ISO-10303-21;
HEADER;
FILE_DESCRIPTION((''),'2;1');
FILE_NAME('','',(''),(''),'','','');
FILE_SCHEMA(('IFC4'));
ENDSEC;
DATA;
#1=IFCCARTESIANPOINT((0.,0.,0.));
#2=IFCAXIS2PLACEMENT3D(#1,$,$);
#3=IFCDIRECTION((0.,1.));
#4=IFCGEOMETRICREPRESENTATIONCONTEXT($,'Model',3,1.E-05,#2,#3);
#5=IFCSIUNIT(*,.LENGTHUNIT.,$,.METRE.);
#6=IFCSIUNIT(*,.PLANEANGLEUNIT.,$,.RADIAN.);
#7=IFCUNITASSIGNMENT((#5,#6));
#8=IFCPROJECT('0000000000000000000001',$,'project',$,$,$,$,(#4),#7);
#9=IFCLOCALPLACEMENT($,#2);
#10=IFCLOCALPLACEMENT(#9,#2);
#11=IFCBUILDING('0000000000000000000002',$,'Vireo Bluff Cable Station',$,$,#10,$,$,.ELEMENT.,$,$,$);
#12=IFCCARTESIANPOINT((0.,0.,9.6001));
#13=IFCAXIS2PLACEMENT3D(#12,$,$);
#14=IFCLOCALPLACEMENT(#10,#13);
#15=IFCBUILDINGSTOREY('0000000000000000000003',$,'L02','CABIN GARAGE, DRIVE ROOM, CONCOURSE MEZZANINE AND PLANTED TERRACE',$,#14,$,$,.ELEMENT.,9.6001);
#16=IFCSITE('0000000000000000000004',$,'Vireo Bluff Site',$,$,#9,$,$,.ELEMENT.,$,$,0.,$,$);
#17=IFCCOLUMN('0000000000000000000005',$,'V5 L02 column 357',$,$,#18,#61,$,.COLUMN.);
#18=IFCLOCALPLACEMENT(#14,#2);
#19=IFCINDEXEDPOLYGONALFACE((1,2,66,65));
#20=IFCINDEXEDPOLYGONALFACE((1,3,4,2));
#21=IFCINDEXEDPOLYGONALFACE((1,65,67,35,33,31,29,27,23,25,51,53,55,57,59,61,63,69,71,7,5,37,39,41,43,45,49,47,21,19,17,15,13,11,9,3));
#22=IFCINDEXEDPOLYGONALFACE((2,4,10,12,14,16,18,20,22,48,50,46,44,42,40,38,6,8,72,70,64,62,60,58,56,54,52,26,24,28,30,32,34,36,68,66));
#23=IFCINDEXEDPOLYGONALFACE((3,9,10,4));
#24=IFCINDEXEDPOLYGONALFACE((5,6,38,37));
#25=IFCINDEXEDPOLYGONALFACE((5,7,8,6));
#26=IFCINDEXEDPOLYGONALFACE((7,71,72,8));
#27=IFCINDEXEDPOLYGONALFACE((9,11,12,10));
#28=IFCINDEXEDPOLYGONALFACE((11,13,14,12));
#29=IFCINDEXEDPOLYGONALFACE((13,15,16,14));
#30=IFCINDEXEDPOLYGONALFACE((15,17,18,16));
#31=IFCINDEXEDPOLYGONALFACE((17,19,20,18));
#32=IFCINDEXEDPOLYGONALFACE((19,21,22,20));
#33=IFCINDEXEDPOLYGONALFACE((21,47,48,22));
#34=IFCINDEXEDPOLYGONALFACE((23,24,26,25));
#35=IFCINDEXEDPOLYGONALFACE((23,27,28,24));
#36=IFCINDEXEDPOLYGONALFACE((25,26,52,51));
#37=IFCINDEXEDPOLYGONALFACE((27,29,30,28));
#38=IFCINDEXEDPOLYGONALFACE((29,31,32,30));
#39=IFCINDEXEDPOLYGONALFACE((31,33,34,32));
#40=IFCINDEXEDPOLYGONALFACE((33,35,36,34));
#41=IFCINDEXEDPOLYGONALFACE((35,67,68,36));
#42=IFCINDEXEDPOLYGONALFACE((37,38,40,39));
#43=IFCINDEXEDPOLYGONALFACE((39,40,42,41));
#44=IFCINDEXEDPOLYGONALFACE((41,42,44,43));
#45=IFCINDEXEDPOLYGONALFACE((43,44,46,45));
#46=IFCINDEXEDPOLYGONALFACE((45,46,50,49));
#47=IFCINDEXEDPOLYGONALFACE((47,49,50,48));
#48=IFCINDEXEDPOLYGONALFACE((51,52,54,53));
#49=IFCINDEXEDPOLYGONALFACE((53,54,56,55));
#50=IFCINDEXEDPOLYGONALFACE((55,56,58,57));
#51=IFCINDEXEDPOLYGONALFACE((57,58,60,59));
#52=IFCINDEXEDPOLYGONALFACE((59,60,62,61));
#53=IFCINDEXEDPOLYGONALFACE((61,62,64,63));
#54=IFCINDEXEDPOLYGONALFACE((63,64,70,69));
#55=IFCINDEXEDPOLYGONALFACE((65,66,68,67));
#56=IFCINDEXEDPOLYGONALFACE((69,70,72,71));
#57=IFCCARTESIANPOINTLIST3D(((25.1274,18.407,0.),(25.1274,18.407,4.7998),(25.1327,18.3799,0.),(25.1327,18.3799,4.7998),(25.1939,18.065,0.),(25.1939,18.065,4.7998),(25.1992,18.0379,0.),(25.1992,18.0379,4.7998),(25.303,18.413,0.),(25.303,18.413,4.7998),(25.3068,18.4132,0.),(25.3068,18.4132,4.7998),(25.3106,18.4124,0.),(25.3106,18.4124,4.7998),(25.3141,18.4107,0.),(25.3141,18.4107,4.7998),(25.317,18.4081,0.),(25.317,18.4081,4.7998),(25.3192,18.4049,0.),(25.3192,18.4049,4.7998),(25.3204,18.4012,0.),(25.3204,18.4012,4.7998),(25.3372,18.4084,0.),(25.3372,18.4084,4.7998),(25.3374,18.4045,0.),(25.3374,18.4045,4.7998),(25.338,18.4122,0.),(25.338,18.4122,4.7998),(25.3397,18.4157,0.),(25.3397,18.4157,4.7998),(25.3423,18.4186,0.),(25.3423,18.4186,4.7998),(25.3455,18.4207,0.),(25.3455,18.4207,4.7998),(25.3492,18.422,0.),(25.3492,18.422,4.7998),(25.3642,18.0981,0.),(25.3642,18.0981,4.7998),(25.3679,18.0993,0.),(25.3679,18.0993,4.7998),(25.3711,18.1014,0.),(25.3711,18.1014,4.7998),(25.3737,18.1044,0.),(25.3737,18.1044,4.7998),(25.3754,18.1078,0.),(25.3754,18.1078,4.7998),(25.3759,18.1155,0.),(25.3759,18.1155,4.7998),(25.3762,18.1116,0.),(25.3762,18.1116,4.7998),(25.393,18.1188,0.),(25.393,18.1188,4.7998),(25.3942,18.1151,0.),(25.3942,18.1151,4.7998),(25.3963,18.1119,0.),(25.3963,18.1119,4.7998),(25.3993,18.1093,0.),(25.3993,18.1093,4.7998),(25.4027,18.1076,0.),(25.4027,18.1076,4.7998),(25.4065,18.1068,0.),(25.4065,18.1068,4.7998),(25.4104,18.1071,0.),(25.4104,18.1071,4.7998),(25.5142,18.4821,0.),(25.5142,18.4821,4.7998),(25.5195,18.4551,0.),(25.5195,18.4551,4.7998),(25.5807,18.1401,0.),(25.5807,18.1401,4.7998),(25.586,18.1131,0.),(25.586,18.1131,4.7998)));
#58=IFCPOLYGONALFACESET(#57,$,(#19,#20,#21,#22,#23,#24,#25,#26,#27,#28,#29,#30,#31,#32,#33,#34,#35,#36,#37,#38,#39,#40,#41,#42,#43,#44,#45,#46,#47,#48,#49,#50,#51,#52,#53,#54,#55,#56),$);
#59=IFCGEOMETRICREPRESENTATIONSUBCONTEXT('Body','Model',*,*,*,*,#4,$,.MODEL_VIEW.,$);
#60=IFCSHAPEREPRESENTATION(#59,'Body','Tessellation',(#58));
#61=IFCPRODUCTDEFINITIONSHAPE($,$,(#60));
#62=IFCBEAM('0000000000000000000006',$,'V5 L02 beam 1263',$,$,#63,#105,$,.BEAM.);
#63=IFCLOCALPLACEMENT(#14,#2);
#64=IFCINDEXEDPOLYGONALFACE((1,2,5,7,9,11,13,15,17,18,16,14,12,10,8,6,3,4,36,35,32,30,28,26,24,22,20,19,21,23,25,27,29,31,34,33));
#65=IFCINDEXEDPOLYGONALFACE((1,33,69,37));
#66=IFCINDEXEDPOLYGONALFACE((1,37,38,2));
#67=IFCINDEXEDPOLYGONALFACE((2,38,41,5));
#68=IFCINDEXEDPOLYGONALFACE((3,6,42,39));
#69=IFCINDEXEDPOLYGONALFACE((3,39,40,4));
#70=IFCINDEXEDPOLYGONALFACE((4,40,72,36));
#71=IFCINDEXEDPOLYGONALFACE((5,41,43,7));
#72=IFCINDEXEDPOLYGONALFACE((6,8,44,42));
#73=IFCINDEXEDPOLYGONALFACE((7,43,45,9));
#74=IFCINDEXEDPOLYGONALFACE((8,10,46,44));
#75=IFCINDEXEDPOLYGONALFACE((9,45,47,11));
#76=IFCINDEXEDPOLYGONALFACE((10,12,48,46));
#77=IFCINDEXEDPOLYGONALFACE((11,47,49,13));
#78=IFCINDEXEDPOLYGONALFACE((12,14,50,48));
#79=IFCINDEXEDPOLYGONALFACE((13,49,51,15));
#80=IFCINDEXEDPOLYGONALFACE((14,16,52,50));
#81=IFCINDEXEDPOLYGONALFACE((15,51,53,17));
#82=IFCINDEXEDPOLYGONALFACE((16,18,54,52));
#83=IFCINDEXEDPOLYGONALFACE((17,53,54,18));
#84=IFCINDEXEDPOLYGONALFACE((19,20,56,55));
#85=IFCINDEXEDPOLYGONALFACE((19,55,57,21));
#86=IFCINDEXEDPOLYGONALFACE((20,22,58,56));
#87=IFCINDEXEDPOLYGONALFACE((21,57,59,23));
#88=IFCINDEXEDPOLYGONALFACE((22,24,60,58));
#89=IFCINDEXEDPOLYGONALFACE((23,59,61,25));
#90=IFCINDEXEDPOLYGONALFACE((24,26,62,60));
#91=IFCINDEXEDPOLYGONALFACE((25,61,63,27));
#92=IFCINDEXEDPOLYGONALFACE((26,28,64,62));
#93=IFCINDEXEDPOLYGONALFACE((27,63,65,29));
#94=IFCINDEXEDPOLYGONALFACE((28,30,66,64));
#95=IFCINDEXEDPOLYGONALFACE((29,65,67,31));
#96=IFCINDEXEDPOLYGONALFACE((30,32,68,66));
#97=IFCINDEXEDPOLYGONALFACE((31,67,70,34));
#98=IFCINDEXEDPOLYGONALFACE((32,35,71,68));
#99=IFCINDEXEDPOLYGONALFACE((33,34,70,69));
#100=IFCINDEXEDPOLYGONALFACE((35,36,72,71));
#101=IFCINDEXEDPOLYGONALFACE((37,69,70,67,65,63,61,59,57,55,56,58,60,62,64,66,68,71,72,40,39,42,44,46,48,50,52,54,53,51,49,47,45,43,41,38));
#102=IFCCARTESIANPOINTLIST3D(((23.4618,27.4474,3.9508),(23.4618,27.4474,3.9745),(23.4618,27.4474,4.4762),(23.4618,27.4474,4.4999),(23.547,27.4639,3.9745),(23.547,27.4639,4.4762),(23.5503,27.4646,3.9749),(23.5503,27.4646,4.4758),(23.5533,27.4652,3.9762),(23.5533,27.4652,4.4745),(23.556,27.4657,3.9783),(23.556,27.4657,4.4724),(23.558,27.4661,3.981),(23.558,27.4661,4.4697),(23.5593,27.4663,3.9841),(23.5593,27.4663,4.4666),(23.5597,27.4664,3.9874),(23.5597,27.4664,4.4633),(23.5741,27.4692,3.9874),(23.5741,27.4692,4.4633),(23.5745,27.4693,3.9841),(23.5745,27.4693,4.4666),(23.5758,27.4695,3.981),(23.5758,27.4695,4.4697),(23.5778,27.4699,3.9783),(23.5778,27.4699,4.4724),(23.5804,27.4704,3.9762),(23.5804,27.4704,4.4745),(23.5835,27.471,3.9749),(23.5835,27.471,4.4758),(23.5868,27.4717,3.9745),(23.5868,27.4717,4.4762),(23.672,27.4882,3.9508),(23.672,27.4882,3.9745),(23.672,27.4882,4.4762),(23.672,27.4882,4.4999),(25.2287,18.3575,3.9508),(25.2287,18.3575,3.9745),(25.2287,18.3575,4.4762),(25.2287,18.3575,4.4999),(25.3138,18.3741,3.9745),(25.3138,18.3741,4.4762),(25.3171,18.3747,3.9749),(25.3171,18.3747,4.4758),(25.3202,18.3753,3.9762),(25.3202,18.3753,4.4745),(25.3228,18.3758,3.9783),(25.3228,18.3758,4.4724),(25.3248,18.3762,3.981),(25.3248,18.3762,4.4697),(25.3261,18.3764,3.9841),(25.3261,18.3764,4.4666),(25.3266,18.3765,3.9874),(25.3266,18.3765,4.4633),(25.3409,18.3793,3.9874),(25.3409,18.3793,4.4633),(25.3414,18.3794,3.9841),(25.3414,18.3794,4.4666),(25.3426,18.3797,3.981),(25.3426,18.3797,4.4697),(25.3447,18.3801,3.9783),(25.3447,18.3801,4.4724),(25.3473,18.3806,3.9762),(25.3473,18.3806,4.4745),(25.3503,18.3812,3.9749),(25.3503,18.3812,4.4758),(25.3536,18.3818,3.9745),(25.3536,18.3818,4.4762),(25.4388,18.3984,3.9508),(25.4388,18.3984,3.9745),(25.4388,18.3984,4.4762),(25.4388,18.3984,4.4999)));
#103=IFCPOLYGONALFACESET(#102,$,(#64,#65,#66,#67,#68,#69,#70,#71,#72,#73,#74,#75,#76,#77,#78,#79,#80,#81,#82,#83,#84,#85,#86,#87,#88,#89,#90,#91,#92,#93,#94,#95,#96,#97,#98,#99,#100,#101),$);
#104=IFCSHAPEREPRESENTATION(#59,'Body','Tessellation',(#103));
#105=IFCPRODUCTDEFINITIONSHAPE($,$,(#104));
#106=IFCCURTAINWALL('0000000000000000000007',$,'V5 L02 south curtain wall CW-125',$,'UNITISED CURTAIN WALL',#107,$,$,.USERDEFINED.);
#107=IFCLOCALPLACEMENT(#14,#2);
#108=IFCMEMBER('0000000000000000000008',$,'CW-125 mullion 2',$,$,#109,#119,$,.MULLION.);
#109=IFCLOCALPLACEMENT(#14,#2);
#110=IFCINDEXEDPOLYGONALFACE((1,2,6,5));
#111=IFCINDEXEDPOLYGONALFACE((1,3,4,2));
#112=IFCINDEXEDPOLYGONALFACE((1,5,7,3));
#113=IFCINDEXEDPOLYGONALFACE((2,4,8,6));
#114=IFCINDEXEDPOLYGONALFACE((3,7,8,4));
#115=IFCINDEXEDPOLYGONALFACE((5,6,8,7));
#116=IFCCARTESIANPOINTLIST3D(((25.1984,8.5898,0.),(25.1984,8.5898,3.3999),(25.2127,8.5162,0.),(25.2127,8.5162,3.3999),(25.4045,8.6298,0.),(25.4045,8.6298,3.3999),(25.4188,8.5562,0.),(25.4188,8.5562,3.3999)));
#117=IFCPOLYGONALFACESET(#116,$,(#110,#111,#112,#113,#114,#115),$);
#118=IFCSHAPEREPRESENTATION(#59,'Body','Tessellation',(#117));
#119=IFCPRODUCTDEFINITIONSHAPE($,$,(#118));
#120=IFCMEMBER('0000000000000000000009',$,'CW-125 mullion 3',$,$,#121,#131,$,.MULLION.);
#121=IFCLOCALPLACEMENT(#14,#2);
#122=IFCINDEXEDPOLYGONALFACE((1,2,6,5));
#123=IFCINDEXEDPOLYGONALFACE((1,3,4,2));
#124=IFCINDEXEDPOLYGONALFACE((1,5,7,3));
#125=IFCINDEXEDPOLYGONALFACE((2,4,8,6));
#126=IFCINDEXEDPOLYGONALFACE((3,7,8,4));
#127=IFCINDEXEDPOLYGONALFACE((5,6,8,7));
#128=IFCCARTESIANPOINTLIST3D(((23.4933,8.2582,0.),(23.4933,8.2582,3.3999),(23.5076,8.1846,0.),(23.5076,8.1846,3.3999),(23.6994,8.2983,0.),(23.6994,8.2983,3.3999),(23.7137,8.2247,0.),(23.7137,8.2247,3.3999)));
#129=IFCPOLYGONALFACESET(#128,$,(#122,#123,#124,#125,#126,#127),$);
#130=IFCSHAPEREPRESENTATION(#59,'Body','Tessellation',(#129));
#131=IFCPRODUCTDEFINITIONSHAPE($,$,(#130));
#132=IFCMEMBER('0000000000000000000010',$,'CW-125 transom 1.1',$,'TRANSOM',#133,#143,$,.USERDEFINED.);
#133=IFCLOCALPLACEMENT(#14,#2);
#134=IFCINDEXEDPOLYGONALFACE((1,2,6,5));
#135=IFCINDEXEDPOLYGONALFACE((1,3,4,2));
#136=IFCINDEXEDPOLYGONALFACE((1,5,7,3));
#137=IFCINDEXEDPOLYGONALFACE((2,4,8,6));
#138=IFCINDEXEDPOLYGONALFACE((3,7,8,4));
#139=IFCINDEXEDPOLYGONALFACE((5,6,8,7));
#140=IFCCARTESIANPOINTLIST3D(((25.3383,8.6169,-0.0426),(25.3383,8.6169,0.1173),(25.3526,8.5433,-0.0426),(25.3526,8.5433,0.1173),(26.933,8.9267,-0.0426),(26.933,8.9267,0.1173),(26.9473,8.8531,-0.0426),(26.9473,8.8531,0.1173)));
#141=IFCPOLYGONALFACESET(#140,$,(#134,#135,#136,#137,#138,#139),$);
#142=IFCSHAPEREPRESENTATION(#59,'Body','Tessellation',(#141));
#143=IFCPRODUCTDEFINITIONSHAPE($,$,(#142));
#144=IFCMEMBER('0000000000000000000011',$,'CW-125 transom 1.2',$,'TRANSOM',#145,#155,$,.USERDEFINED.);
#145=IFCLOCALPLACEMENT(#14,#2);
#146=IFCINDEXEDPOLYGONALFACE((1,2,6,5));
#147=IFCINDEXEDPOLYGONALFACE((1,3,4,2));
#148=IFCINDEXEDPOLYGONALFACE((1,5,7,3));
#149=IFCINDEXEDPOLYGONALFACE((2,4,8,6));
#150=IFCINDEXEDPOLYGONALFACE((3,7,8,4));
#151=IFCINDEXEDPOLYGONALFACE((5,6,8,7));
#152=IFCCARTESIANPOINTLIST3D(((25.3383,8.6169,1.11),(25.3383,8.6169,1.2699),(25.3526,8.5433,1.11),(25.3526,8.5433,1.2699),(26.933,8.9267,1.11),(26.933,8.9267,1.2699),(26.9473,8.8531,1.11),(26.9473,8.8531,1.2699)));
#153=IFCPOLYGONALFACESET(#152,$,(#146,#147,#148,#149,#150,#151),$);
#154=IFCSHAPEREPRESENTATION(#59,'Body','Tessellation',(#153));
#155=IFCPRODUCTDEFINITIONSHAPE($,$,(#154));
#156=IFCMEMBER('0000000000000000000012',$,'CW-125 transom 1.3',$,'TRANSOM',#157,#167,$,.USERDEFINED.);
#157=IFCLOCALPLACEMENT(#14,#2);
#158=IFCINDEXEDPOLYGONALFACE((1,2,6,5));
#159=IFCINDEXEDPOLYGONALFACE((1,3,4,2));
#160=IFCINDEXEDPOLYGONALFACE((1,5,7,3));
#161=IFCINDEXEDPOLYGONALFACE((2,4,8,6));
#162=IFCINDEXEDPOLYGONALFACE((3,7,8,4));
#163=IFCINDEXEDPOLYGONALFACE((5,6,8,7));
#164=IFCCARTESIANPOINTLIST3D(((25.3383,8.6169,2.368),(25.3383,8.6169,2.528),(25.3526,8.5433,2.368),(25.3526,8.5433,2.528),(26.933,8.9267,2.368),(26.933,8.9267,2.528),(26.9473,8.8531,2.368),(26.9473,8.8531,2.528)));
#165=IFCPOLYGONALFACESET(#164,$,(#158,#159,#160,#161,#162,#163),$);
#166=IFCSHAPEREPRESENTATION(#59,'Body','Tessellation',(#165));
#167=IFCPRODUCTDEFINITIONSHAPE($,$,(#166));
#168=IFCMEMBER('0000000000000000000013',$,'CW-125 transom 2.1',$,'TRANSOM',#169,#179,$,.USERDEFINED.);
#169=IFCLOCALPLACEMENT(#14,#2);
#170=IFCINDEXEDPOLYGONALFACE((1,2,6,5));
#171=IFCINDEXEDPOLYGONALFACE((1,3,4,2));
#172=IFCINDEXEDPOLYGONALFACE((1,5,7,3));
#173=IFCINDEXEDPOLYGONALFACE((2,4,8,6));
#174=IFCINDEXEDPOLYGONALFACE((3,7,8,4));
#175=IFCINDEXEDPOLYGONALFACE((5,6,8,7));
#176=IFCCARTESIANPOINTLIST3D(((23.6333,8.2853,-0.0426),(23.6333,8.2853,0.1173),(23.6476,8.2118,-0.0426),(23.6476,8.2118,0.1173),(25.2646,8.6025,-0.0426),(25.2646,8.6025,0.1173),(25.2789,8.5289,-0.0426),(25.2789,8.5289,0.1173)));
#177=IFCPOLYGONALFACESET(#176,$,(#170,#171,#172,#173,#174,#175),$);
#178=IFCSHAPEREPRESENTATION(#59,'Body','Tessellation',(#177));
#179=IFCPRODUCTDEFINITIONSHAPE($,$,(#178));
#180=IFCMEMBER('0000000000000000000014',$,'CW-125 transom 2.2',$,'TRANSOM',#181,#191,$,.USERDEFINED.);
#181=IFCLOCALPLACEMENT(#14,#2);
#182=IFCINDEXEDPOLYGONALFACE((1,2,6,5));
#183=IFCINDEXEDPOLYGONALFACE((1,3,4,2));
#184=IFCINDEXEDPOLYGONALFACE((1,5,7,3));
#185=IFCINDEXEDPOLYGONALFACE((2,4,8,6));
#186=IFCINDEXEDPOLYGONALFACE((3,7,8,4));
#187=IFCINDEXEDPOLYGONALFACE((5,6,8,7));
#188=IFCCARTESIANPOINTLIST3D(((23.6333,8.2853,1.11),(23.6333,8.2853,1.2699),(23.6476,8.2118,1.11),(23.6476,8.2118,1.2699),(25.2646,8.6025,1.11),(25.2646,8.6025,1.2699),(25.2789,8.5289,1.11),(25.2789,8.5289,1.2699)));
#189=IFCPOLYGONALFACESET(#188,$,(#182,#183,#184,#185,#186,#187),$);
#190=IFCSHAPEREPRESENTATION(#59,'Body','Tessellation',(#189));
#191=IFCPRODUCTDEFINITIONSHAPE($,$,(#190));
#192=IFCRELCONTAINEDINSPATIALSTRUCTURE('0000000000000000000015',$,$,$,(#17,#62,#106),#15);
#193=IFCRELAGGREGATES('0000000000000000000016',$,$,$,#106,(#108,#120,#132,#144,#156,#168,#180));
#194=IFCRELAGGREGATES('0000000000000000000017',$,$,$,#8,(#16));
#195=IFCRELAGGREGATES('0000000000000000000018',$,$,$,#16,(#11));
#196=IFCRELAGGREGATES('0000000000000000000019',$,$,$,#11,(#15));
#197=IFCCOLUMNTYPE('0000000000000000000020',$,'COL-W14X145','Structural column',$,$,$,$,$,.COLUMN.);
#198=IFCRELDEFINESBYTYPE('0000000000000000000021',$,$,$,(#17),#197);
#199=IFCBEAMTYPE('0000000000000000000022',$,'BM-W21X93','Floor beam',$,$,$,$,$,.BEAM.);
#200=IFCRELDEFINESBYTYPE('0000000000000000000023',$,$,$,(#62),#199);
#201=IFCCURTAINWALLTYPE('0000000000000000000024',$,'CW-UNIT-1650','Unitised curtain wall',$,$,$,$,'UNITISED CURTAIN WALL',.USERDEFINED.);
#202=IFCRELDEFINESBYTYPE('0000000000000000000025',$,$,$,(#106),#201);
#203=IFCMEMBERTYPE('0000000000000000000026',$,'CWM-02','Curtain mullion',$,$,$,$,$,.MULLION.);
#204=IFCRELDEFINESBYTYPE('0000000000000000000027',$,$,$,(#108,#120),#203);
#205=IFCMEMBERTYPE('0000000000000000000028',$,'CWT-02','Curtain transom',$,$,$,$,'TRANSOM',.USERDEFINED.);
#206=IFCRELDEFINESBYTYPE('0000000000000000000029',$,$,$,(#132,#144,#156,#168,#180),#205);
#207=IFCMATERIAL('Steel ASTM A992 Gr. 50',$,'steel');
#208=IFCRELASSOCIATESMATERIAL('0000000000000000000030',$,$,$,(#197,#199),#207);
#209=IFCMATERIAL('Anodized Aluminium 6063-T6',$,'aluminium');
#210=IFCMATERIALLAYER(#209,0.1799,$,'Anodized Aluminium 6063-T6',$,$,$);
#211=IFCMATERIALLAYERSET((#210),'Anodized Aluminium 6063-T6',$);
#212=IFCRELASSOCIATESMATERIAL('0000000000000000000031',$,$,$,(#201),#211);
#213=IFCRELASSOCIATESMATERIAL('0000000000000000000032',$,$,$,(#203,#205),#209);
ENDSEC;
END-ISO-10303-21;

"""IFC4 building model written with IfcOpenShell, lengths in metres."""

from ifc_helpers import new_model, si_unit, direction, frame, origin, origin_2d, place, context, subcontext, project, spatial, rectangle, i_section, extrude, material, layer, layer_set, material_profile, profile_set, type_object, element, aggregate, save


model = new_model("IFC4")

# Units and contexts
model_context = context("Model", 3, precision=1e-05, world=origin(), true_north=direction((0.0, 1.0)))
body_context = subcontext(model_context, "Body", "Model", "MODEL_VIEW")
ifc_project = project(units=[si_unit("LENGTHUNIT", "METRE"), si_unit("PLANEANGLEUNIT", "RADIAN")], contexts=[model_context])

# Site, building, storey
site_placement = place(None, origin())
site = spatial("IfcSite", under=ifc_project, at=site_placement, Name="Vireo Bluff Site", CompositionType="ELEMENT", RefElevation=0.0)
building_placement = place(site_placement, origin())
building = spatial("IfcBuilding", under=site, at=building_placement, Name="Vireo Bluff Cable Station", CompositionType="ELEMENT")
storey_placement = place(building_placement, frame((0.0, 0.0, 9.6001)))
storey = spatial("IfcBuildingStorey", under=building, at=storey_placement, Name="L02", Description="CABIN GARAGE, DRIVE ROOM, CONCOURSE MEZZANINE AND PLANTED TERRACE", CompositionType="ELEMENT", Elevation=9.6001)

# Column
ifc_material_1 = material(Name="Steel ASTM A992 Gr. 50", Category="steel")
ifc_material_profile_1 = material_profile(ifc_material_1, i_section(OverallWidth=0.394, OverallDepth=0.376, WebThickness=0.0173, FlangeThickness=0.0276, FilletRadius=0.0149, at=origin_2d()), Name="W14X145")
ifc_profile_set_1 = profile_set([ifc_material_profile_1], Name="Steel ASTM A992 Gr. 50")
column_type = type_object("IfcColumnType", Name="COL-W14X145", Description="Structural column", PredefinedType="COLUMN", material=ifc_profile_set_1)
column_placement = place(storey_placement, frame((25.3567, 18.26, 0.0), z_axis=(0.0, 0.0, 1.0), x_axis=(0.981627, 0.190809, 0.0)))
element("IfcColumn", 1, at=column_placement, inside=storey, type_object=column_type, Name="V5 L02 column 357", PredefinedType="COLUMN", context=body_context, shape_type="SweptSolid", body=[
    extrude(i_section(OverallWidth=0.394, OverallDepth=0.376, WebThickness=0.0173, FlangeThickness=0.0276, FilletRadius=0.0149, at=origin_2d()), origin(), (0.0, 0.0, 1.0), 4.7998),
])

# Beam
ifc_material_profile_2 = material_profile(ifc_material_1, i_section(OverallWidth=0.2141, OverallDepth=0.5491, WebThickness=0.0146, FlangeThickness=0.0237, FilletRadius=0.0129, at=origin_2d()), Name="W21X93")
ifc_profile_set_2 = profile_set([ifc_material_profile_2], Name="Steel ASTM A992 Gr. 50")
beam_type_1 = type_object("IfcBeamType", Name="BM-W21X93", Description="Floor beam", PredefinedType="BEAM", material=ifc_profile_set_2)
beam_1_placement = place(storey_placement, frame((25.3337, 18.3779, 4.2253), z_axis=(-0.190805, 0.981628, 0.0), x_axis=(-0.981628, -0.190805, 0.0)))
element("IfcBeam", 2, at=beam_1_placement, inside=storey, type_object=beam_type_1, Name="V5 L02 beam 1263", PredefinedType="BEAM", context=body_context, shape_type="SweptSolid", body=[
    extrude(i_section(OverallWidth=0.2141, OverallDepth=0.5491, WebThickness=0.0146, FlangeThickness=0.0237, FilletRadius=0.0129, at=origin_2d()), origin(), (0.0, 0.0, 1.0), 9.26),
])

# Curtain wall, members
ifc_material_2 = material(Name="Anodized Aluminium 6063-T6", Category="aluminium")
ifc_layer_1 = layer(ifc_material_2, 0.1799, Name="Anodized Aluminium 6063-T6")
ifc_layer_set_1 = layer_set([ifc_layer_1], Name="Anodized Aluminium 6063-T6")
curtain_wall_type = type_object("IfcCurtainWallType", Name="CW-UNIT-1650", Description="Unitised curtain wall", ElementType="UNITISED CURTAIN WALL", PredefinedType="USERDEFINED", material=ifc_layer_set_1)
curtain_wall_placement = place(storey_placement, origin())
curtain_wall = element("IfcCurtainWall", 3, at=curtain_wall_placement, inside=storey, type_object=curtain_wall_type, Name="V5 L02 south curtain wall CW-125", ObjectType="UNITISED CURTAIN WALL", PredefinedType="USERDEFINED")
ifc_material_profile_3 = material_profile(ifc_material_2, rectangle(XDim=0.075, YDim=0.21, at=origin_2d()), Name="ALU-M-75X210")
ifc_profile_set_3 = profile_set([ifc_material_profile_3], Name="Anodized Aluminium 6063-T6")
member_type_1 = type_object("IfcMemberType", Name="CWM-02", Description="Curtain mullion", PredefinedType="MULLION", material=ifc_profile_set_3)
member_1_placement = place(storey_placement, frame((25.3086, 8.573, 0.0), z_axis=(0.0, 0.0, 1.0), x_axis=(0.190809, -0.981627, 0.0)))
member_1 = element("IfcMember", 4, at=member_1_placement, type_object=member_type_1, Name="CW-125 mullion 2", PredefinedType="MULLION", context=body_context, shape_type="SweptSolid", body=[
    extrude(rectangle(XDim=0.075, YDim=0.21, at=origin_2d()), origin(), (0.0, 0.0, 1.0), 3.3999),
])
member_2_placement = place(storey_placement, frame((23.6035, 8.2415, 0.0), z_axis=(0.0, 0.0, 1.0), x_axis=(0.190809, -0.981627, 0.0)))
member_2 = element("IfcMember", 5, at=member_2_placement, type_object=member_type_1, Name="CW-125 mullion 3", PredefinedType="MULLION", context=body_context, shape_type="SweptSolid", body=[
    extrude(rectangle(XDim=0.075, YDim=0.21, at=origin_2d()), origin(), (0.0, 0.0, 1.0), 3.3999),
])
ifc_material_profile_4 = material_profile(ifc_material_2, rectangle(XDim=0.075, YDim=0.1599, at=origin_2d()), Name="ALU-T-75X160")
ifc_profile_set_4 = profile_set([ifc_material_profile_4], Name="Anodized Aluminium 6063-T6")
member_type_2 = type_object("IfcMemberType", Name="CWT-02", Description="Curtain transom", ElementType="TRANSOM", PredefinedType="USERDEFINED", material=ifc_profile_set_4)
member_3_placement = place(storey_placement, frame((26.9402, 8.8899, 0.0374), z_axis=(-0.981647, -0.190709, 0.0), x_axis=(0.190709, -0.981647, 0.0)))
member_3 = element("IfcMember", 6, at=member_3_placement, type_object=member_type_2, Name="CW-125 transom 1.1", ObjectType="TRANSOM", PredefinedType="USERDEFINED", context=body_context, shape_type="SweptSolid", body=[
    extrude(rectangle(XDim=0.075, YDim=0.1599, at=origin_2d()), origin(), (0.0, 0.0, 1.0), 1.6245),
])
member_4_placement = place(storey_placement, frame((26.9402, 8.8899, 1.1899), z_axis=(-0.981647, -0.190709, 0.0), x_axis=(0.190709, -0.981647, 0.0)))
member_4 = element("IfcMember", 7, at=member_4_placement, type_object=member_type_2, Name="CW-125 transom 1.2", ObjectType="TRANSOM", PredefinedType="USERDEFINED", context=body_context, shape_type="SweptSolid", body=[
    extrude(rectangle(XDim=0.075, YDim=0.1599, at=origin_2d()), origin(), (0.0, 0.0, 1.0), 1.6245),
])
member_5_placement = place(storey_placement, frame((26.9402, 8.8899, 2.448), z_axis=(-0.981647, -0.190709, 0.0), x_axis=(0.190709, -0.981647, 0.0)))
member_5 = element("IfcMember", 8, at=member_5_placement, type_object=member_type_2, Name="CW-125 transom 1.3", ObjectType="TRANSOM", PredefinedType="USERDEFINED", context=body_context, shape_type="SweptSolid", body=[
    extrude(rectangle(XDim=0.075, YDim=0.1599, at=origin_2d()), origin(), (0.0, 0.0, 1.0), 1.6245),
])
member_6_placement = place(storey_placement, frame((25.2717, 8.5657, 0.0374), z_axis=(-0.981623, -0.19083, 0.0), x_axis=(0.19083, -0.981623, 0.0)))
member_6 = element("IfcMember", 9, at=member_6_placement, type_object=member_type_2, Name="CW-125 transom 2.1", ObjectType="TRANSOM", PredefinedType="USERDEFINED", context=body_context, shape_type="SweptSolid", body=[
    extrude(rectangle(XDim=0.075, YDim=0.1599, at=origin_2d()), origin(), (0.0, 0.0, 1.0), 1.6619),
])
member_7_placement = place(storey_placement, frame((25.2717, 8.5657, 1.1899), z_axis=(-0.981623, -0.19083, 0.0), x_axis=(0.19083, -0.981623, 0.0)))
member_7 = element("IfcMember", 10, at=member_7_placement, type_object=member_type_2, Name="CW-125 transom 2.2", ObjectType="TRANSOM", PredefinedType="USERDEFINED", context=body_context, shape_type="SweptSolid", body=[
    extrude(rectangle(XDim=0.075, YDim=0.1599, at=origin_2d()), origin(), (0.0, 0.0, 1.0), 1.6619),
])

aggregate(curtain_wall, [member_1, member_2, member_3, member_4, member_5, member_6, member_7])

save(model, "model.ifc")
